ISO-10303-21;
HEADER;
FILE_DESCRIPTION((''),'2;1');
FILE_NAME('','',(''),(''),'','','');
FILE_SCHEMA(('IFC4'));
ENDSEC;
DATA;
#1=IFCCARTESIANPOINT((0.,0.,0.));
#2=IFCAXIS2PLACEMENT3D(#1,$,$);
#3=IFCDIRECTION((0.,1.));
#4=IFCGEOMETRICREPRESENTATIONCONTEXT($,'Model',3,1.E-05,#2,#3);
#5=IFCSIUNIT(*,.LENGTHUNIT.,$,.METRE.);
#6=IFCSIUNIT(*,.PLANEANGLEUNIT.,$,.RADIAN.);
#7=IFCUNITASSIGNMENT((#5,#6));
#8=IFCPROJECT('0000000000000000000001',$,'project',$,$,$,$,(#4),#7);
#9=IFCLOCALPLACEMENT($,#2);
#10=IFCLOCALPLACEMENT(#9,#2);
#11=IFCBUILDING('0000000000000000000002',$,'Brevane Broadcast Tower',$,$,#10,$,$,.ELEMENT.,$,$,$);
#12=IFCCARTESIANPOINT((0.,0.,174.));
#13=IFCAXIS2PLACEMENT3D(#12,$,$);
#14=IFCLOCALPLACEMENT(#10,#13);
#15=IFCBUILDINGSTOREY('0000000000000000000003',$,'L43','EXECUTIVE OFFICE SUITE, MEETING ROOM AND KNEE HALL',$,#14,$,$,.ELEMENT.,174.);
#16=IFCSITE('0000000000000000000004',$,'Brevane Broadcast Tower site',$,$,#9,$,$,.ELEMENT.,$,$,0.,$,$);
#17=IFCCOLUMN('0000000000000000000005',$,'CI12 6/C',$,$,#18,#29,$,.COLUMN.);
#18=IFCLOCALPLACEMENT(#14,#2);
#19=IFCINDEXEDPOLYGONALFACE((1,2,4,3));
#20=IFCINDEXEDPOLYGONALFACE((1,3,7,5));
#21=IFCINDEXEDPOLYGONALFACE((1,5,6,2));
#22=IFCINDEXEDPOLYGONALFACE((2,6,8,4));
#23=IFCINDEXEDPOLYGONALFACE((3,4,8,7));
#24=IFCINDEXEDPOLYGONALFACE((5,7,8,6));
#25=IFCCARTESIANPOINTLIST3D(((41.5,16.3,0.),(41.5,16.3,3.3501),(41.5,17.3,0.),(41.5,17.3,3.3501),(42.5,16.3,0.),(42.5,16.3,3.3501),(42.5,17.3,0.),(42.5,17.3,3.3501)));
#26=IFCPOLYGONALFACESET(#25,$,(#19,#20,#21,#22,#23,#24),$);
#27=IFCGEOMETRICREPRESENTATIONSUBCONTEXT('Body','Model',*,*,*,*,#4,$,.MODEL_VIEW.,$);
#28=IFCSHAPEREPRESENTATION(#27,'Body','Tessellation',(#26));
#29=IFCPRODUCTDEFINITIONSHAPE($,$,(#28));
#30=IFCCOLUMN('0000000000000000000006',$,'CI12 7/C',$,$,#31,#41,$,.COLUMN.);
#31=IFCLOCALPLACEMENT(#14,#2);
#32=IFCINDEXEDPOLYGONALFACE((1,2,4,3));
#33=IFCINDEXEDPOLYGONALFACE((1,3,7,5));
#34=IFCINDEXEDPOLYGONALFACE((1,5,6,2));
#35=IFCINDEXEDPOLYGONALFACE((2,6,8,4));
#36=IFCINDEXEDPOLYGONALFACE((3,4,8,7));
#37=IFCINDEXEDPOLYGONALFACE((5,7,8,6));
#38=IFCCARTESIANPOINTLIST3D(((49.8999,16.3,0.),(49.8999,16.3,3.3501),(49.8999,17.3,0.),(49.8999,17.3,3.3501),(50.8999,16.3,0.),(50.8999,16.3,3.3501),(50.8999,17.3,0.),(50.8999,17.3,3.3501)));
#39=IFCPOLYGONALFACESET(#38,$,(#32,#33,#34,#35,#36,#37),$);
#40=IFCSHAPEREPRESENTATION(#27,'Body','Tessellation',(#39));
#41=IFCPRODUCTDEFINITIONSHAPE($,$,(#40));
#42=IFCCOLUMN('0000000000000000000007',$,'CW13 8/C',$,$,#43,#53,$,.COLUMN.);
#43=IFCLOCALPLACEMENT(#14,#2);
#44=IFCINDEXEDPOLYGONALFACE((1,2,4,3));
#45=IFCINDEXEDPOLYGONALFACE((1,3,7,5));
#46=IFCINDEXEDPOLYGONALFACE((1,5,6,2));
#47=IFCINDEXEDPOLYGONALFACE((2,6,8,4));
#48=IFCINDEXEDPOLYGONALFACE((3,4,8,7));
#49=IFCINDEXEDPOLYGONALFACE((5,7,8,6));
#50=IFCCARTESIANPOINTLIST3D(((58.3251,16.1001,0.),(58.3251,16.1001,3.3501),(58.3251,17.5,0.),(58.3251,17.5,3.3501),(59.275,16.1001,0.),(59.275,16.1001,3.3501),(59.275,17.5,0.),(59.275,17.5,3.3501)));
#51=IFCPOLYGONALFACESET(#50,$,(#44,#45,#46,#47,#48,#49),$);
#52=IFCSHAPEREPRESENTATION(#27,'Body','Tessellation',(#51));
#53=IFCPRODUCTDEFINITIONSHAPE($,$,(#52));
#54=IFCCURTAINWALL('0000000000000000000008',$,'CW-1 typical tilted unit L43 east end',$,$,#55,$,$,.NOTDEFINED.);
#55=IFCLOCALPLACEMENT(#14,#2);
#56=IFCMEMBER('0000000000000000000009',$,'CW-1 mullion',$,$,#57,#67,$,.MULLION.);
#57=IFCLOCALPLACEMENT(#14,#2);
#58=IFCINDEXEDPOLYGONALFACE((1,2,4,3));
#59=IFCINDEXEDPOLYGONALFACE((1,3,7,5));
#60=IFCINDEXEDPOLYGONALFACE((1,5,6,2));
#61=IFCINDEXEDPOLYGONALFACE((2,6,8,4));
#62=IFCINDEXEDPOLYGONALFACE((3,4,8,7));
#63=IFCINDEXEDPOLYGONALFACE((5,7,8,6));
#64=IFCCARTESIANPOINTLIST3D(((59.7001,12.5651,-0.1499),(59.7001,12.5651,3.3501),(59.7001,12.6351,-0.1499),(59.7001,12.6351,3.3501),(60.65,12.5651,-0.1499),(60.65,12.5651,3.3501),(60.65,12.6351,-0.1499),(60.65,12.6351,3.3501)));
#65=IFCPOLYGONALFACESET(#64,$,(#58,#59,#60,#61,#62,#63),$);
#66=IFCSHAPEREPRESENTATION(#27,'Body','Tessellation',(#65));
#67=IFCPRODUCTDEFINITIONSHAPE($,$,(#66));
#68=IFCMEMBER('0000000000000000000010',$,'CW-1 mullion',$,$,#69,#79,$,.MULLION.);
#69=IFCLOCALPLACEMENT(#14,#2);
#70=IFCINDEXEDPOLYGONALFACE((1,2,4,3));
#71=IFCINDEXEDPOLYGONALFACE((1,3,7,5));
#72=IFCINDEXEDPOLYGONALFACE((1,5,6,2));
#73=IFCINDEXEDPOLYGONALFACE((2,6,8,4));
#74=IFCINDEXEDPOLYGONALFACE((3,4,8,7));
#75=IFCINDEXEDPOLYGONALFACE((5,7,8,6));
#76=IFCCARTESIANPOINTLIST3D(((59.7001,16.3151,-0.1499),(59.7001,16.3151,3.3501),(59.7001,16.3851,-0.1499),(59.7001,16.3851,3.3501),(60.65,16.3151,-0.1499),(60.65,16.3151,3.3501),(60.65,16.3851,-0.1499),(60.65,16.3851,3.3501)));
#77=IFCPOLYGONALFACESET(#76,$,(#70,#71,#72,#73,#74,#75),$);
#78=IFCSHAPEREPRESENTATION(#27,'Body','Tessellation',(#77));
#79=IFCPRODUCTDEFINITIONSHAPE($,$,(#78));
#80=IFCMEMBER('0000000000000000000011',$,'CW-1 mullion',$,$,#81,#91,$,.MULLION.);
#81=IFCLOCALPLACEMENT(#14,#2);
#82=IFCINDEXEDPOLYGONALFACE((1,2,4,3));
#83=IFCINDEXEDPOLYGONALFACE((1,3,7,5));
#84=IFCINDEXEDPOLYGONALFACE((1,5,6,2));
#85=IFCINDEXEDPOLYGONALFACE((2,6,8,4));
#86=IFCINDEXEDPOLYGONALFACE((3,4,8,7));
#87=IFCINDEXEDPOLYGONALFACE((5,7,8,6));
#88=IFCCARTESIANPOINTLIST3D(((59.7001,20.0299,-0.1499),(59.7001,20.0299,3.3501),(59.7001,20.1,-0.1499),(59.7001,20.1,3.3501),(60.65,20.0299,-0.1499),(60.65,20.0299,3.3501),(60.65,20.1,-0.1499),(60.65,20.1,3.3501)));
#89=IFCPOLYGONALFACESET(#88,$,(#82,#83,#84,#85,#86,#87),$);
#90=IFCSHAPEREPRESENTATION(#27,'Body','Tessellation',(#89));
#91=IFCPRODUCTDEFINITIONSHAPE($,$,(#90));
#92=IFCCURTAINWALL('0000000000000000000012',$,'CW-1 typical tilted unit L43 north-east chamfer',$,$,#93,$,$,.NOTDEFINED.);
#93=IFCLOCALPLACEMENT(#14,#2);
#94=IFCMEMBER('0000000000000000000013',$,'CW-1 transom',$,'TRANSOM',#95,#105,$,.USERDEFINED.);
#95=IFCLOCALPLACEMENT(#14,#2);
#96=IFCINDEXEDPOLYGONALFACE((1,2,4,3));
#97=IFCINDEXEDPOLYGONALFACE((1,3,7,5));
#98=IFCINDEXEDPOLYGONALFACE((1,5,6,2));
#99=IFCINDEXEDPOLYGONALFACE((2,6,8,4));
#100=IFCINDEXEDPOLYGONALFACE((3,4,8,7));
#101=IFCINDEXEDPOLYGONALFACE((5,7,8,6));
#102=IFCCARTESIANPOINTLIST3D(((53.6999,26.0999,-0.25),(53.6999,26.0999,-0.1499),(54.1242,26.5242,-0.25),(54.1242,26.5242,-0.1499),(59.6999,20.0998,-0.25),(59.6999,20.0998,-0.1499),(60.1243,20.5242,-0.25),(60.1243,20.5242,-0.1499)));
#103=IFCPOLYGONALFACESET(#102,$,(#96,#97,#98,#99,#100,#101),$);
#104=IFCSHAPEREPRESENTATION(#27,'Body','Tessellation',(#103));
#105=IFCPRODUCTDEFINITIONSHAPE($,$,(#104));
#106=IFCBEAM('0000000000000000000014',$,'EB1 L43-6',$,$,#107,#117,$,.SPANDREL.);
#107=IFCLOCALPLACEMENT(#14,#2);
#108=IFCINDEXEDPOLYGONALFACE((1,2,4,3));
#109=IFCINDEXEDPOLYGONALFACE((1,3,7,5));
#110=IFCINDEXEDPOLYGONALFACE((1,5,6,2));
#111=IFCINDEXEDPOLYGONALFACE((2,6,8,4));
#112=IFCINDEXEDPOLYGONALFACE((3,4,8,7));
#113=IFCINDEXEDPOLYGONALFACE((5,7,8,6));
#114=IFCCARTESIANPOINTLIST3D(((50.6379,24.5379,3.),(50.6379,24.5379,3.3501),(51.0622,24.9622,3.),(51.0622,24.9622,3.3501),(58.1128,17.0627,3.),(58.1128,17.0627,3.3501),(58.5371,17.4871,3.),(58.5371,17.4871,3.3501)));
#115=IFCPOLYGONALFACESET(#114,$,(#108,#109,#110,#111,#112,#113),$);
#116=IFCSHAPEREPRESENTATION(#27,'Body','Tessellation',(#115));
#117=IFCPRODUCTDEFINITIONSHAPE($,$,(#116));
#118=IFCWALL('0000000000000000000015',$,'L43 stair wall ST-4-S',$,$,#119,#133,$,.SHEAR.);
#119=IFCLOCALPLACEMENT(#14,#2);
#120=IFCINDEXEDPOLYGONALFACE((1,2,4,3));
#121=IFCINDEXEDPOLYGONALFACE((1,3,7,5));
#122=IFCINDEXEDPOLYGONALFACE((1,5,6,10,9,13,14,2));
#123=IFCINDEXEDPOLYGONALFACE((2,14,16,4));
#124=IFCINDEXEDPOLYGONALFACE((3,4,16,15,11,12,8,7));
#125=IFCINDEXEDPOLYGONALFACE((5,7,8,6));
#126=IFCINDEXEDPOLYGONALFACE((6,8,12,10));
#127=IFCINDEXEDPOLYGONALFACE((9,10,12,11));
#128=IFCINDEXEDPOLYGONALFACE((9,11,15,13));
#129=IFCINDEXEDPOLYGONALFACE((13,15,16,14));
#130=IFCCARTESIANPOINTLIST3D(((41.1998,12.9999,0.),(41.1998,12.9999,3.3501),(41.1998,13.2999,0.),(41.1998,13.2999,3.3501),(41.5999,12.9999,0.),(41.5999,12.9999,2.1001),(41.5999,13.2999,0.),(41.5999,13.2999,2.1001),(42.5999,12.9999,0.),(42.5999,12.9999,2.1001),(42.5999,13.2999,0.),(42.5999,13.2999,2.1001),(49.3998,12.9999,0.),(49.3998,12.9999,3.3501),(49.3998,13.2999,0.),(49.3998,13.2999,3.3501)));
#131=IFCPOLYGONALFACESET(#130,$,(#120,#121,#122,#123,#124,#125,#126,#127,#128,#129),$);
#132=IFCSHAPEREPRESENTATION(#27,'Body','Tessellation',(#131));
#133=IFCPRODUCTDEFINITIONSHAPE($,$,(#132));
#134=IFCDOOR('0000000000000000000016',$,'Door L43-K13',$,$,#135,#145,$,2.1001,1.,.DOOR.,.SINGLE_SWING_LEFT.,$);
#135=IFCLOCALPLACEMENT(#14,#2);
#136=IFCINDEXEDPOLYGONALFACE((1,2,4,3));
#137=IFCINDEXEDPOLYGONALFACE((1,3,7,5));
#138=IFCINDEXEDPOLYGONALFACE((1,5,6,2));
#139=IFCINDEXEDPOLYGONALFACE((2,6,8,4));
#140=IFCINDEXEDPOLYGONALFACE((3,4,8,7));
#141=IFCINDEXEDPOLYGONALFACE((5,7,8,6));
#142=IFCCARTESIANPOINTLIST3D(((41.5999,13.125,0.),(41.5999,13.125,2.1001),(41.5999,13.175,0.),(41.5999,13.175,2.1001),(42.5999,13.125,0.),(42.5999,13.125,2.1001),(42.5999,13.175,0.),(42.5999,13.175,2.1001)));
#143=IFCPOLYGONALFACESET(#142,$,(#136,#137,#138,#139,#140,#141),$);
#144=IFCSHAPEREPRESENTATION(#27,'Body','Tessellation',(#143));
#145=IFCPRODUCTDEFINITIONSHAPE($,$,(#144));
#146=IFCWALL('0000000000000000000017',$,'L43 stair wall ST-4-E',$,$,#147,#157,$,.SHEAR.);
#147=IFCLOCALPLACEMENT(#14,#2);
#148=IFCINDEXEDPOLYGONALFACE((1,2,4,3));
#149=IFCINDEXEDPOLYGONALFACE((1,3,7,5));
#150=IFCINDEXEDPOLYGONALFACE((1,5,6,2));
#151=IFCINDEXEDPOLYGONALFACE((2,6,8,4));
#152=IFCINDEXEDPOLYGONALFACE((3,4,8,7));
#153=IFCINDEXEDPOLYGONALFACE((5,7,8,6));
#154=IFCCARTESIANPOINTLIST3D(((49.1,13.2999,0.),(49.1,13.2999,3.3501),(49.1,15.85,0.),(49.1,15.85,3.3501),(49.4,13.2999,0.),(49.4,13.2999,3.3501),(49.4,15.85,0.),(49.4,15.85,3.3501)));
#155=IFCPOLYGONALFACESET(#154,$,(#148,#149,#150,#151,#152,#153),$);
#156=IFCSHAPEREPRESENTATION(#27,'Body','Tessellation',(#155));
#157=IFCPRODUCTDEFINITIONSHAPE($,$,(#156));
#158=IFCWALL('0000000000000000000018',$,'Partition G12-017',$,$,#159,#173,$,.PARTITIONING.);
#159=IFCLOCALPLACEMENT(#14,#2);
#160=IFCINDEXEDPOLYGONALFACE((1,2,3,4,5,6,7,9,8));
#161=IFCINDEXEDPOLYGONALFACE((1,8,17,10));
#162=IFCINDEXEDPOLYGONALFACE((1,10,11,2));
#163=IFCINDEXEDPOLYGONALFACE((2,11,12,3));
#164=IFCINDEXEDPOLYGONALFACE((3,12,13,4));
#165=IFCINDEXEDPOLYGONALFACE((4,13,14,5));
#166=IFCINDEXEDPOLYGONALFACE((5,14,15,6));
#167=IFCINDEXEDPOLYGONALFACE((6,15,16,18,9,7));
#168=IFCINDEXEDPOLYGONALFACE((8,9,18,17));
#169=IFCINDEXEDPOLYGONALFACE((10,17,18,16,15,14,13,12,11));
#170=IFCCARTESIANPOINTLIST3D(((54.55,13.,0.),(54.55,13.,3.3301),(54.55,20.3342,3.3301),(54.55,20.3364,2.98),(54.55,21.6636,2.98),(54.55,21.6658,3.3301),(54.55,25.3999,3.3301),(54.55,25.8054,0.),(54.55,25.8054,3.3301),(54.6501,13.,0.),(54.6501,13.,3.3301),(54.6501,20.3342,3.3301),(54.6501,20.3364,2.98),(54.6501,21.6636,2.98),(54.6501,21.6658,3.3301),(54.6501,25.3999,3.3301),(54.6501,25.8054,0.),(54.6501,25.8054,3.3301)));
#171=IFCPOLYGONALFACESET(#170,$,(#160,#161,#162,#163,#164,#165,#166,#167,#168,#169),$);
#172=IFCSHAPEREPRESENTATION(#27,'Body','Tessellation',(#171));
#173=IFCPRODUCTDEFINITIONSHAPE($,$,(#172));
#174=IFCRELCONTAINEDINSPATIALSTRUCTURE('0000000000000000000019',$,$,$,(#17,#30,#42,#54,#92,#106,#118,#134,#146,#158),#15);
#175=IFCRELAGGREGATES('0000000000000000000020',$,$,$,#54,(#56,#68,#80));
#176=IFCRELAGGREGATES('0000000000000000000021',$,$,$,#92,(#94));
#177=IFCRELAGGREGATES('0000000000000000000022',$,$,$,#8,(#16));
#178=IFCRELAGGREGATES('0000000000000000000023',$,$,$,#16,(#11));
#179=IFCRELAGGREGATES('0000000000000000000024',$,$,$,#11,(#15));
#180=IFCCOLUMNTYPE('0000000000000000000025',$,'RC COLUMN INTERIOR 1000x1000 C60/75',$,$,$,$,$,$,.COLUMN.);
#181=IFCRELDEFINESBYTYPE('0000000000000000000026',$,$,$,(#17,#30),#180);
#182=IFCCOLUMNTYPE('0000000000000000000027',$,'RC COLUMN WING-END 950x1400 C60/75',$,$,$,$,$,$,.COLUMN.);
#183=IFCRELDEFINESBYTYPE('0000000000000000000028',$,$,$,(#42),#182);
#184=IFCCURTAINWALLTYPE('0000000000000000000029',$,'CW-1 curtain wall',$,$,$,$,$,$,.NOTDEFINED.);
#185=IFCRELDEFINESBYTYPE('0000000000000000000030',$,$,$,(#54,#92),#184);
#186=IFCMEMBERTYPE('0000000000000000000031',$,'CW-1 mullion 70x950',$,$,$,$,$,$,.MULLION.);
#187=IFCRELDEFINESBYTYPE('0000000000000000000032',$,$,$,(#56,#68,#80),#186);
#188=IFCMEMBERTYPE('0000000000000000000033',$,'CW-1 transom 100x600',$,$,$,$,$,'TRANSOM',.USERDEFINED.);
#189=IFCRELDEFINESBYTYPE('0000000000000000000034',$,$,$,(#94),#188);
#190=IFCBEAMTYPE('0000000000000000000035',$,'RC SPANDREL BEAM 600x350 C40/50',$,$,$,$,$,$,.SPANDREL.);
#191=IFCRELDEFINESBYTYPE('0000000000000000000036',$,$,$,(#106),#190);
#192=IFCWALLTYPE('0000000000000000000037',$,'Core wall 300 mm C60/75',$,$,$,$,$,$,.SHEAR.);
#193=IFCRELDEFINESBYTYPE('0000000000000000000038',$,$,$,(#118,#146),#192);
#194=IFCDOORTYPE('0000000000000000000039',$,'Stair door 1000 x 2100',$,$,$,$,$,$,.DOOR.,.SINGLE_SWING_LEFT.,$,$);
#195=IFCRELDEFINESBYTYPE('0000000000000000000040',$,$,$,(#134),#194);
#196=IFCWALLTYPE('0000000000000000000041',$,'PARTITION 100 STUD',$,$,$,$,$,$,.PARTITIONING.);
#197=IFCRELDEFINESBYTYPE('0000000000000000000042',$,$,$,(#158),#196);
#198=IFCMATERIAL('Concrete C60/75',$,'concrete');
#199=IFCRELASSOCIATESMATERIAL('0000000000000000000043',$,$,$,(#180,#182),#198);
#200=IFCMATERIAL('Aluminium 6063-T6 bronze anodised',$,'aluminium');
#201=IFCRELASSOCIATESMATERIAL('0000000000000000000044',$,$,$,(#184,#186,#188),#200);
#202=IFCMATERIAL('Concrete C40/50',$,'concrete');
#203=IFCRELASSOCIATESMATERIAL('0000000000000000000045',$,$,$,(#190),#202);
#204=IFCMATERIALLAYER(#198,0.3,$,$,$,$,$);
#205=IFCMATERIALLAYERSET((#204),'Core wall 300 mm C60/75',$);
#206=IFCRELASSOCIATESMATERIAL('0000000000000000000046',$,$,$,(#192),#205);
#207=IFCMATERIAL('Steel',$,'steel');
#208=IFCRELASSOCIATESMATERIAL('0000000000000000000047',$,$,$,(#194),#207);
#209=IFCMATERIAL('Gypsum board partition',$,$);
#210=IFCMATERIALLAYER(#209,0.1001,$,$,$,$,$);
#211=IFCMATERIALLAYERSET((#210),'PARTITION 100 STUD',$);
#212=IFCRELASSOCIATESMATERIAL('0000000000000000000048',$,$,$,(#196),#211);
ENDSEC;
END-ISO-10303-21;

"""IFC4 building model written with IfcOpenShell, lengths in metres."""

from ifc_helpers import new_model, si_unit, direction, frame, frame_2d, origin, origin_2d, place, context, subcontext, project, spatial, polyline, rectangle, outline, extrude, material, layer, layer_set, material_profile, profile_set, type_object, element, fill, aggregate, save


model = new_model("IFC4")

# Units and contexts
model_context = context("Model", 3, precision=1e-05, world=origin(), true_north=direction((0.0, 1.0)))
body_context = subcontext(model_context, "Body", "Model", "MODEL_VIEW")
ifc_project = project(units=[si_unit("LENGTHUNIT", "METRE"), si_unit("PLANEANGLEUNIT", "RADIAN")], contexts=[model_context])

# Site, building, storey
site_placement = place(None, origin())
site = spatial("IfcSite", under=ifc_project, at=site_placement, Name="Brevane Broadcast Tower site", CompositionType="ELEMENT", RefElevation=0.0)
building_placement = place(site_placement, origin())
building = spatial("IfcBuilding", under=site, at=building_placement, Name="Brevane Broadcast Tower", CompositionType="ELEMENT")
storey_placement = place(building_placement, frame((0.0, 0.0, 174.0)))
storey = spatial("IfcBuildingStorey", under=building, at=storey_placement, Name="L43", Description="EXECUTIVE OFFICE SUITE, MEETING ROOM AND KNEE HALL", CompositionType="ELEMENT", Elevation=174.0)

# Columns
ifc_material_1 = material(Name="Concrete C60/75", Category="concrete")
ifc_material_profile_1 = material_profile(ifc_material_1, rectangle(XDim=1.0, YDim=1.0, at=origin_2d()), Name="RC 1000x1000")
ifc_profile_set_1 = profile_set([ifc_material_profile_1], Name="Concrete C60/75")
column_type_1 = type_object("IfcColumnType", Name="RC COLUMN INTERIOR 1000x1000 C60/75", PredefinedType="COLUMN", material=ifc_profile_set_1)
for number, where, z_axis, x_axis, name in (
    (1, (42.0, 16.8, 0.0), (0.0, 0.0, 1.0), (1.0, 0.0, 0.0), "CI12 6/C"),
    (2, (50.3999, 16.8, 0.0), (0.0, 0.0, 1.0), (1.0, 0.0, 0.0), "CI12 7/C"),
):
    element("IfcColumn", number, at=place(storey_placement, frame(where, z_axis=z_axis, x_axis=x_axis)), inside=storey, type_object=column_type_1, Name=name, PredefinedType="COLUMN", context=body_context, shape_type="SweptSolid", body=[
        extrude(rectangle(XDim=1.0, YDim=1.0, at=origin_2d()), origin(), (0.0, 0.0, 1.0), 3.3501),
    ])
ifc_material_profile_2 = material_profile(ifc_material_1, rectangle(XDim=0.95, YDim=1.3999, at=origin_2d()), Name="RC 950x1400")
ifc_profile_set_2 = profile_set([ifc_material_profile_2], Name="Concrete C60/75")
column_type_2 = type_object("IfcColumnType", Name="RC COLUMN WING-END 950x1400 C60/75", PredefinedType="COLUMN", material=ifc_profile_set_2)
column_placement = place(storey_placement, frame((58.8, 16.8, 0.0), z_axis=(0.0, 0.0, 1.0), x_axis=(1.0, 0.0, 0.0)))
element("IfcColumn", 3, at=column_placement, inside=storey, type_object=column_type_2, Name="CW13 8/C", PredefinedType="COLUMN", context=body_context, shape_type="SweptSolid", body=[
    extrude(rectangle(XDim=0.95, YDim=1.3999, at=origin_2d()), origin(), (0.0, 0.0, 1.0), 3.3501),
])

# Curtain wall, members
ifc_material_2 = material(Name="Aluminium 6063-T6 bronze anodised", Category="aluminium")
curtain_wall_type = type_object("IfcCurtainWallType", Name="CW-1 curtain wall", PredefinedType="NOTDEFINED", material=ifc_material_2)
curtain_wall_1_placement = place(storey_placement, origin())
curtain_wall_1 = element("IfcCurtainWall", 4, at=curtain_wall_1_placement, inside=storey, type_object=curtain_wall_type, Name="CW-1 typical tilted unit L43 east end", PredefinedType="NOTDEFINED")
ifc_material_profile_3 = material_profile(ifc_material_2, rectangle(XDim=0.95, YDim=0.0701, at=origin_2d()), Name="RECT 70x950")
ifc_profile_set_3 = profile_set([ifc_material_profile_3], Name="Aluminium 6063-T6 bronze anodised")
member_type_1 = type_object("IfcMemberType", Name="CW-1 mullion 70x950", PredefinedType="MULLION", material=ifc_profile_set_3)
member_1_placement = place(storey_placement, frame((60.175, 12.6001, -0.1499), z_axis=(0.0, 0.0, 1.0), x_axis=(-1.0, 0.0, 0.0)))
member_1 = element("IfcMember", 5, at=member_1_placement, type_object=member_type_1, Name="CW-1 mullion", PredefinedType="MULLION", context=body_context, shape_type="SweptSolid", body=[
    extrude(rectangle(XDim=0.95, YDim=0.0701, at=origin_2d()), origin(), (0.0, 0.0, 1.0), 3.5),
])
member_2_placement = place(storey_placement, frame((60.175, 16.3501, -0.1499), z_axis=(0.0, 0.0, 1.0), x_axis=(-1.0, 0.0, 0.0)))
member_2 = element("IfcMember", 6, at=member_2_placement, type_object=member_type_1, Name="CW-1 mullion", PredefinedType="MULLION", context=body_context, shape_type="SweptSolid", body=[
    extrude(rectangle(XDim=0.95, YDim=0.0701, at=origin_2d()), origin(), (0.0, 0.0, 1.0), 3.5),
])
member_3_placement = place(storey_placement, frame((60.175, 20.0649, -0.1499), z_axis=(0.0, 0.0, 1.0), x_axis=(-1.0, 0.0, 0.0)))
member_3 = element("IfcMember", 7, at=member_3_placement, type_object=member_type_1, Name="CW-1 mullion", PredefinedType="MULLION", context=body_context, shape_type="SweptSolid", body=[
    extrude(rectangle(XDim=0.95, YDim=0.0701, at=origin_2d()), origin(), (0.0, 0.0, 1.0), 3.5),
])
aggregate(curtain_wall_1, [member_1, member_2, member_3])

# Curtain wall, member
curtain_wall_2_placement = place(storey_placement, origin())
curtain_wall_2 = element("IfcCurtainWall", 8, at=curtain_wall_2_placement, inside=storey, type_object=curtain_wall_type, Name="CW-1 typical tilted unit L43 north-east chamfer", PredefinedType="NOTDEFINED")
ifc_material_profile_4 = material_profile(ifc_material_2, rectangle(XDim=0.6001, YDim=0.1001, at=origin_2d()), Name="RECT 100x600")
ifc_profile_set_4 = profile_set([ifc_material_profile_4], Name="Aluminium 6063-T6 bronze anodised")
member_type_2 = type_object("IfcMemberType", Name="CW-1 transom 100x600", ElementType="TRANSOM", PredefinedType="USERDEFINED", material=ifc_profile_set_4)
member_4_placement = place(storey_placement, frame((59.9121, 20.312, -0.2), z_axis=(-0.707107, 0.707107, 0.0), x_axis=(-0.707107, -0.707107, 0.0)))
member_4 = element("IfcMember", 9, at=member_4_placement, type_object=member_type_2, Name="CW-1 transom", ObjectType="TRANSOM", PredefinedType="USERDEFINED", context=body_context, shape_type="SweptSolid", body=[
    extrude(rectangle(XDim=0.6001, YDim=0.1001, at=origin_2d()), origin(), (0.0, 0.0, 1.0), 8.4854),
])
aggregate(curtain_wall_2, [member_4])

# Beam
ifc_material_3 = material(Name="Concrete C40/50", Category="concrete")
ifc_material_profile_5 = material_profile(ifc_material_3, rectangle(XDim=0.6001, YDim=0.3501, at=origin_2d()), Name="RC 600x350")
ifc_profile_set_5 = profile_set([ifc_material_profile_5], Name="Concrete C40/50")
beam_type = type_object("IfcBeamType", Name="RC SPANDREL BEAM 600x350 C40/50", PredefinedType="SPANDREL", material=ifc_profile_set_5)
beam_placement = place(storey_placement, frame((58.325, 17.2749, 3.175), z_axis=(-0.707095, 0.707118, 0.0), x_axis=(-0.707118, -0.707095, 0.0)))
element("IfcBeam", 10, at=beam_placement, inside=storey, type_object=beam_type, Name="EB1 L43-6", PredefinedType="SPANDREL", context=body_context, shape_type="SweptSolid", body=[
    extrude(rectangle(XDim=0.6001, YDim=0.3501, at=origin_2d()), origin(), (0.0, 0.0, 1.0), 10.5713),
])

# Wall, opening, door
ifc_layer_1 = layer(ifc_material_1, 0.3)
ifc_layer_set_1 = layer_set([ifc_layer_1], Name="Core wall 300 mm C60/75")
wall_type_1 = type_object("IfcWallType", Name="Core wall 300 mm C60/75", PredefinedType="SHEAR", material=ifc_layer_set_1)
wall_1_placement = place(storey_placement, frame((49.3999, 13.1499, 0.0), z_axis=(0.0, 0.0, 1.0), x_axis=(-1.0, 0.0, 0.0)))
wall_1 = element("IfcWall", 11, at=wall_1_placement, inside=storey, type_object=wall_type_1, Name="L43 stair wall ST-4-S", PredefinedType="SHEAR", context=body_context, shape_type="SweptSolid", body=[
    extrude(rectangle(XDim=8.2, YDim=0.3, at=frame_2d((4.1001, 0.0))), origin(), (0.0, 0.0, 1.0), 3.3501),
])
opening_1_placement = place(wall_1_placement, frame((6.8, 0.0, 0.0)))
opening_1 = element("IfcOpeningElement", 12, at=opening_1_placement, cuts=wall_1, PredefinedType="OPENING", context=body_context, shape_type="SweptSolid", body=[
    extrude(rectangle(XDim=1.0, YDim=2.1001, at=frame_2d((0.5, 1.05))), frame((0.0, 0.1599, 0.0), z_axis=(0.0, -1.0, 0.0), x_axis=(1.0, 0.0, 0.0)), (0.0, 0.0, 1.0), 0.3201),
])
ifc_material_4 = material(Name="Steel", Category="steel")
door_type_1 = type_object("IfcDoorType", Name="Stair door 1000 x 2100", OperationType="SINGLE_SWING_LEFT", PredefinedType="DOOR", material=ifc_material_4)
door_1_placement = place(opening_1_placement, origin())
door_1 = element("IfcDoor", 13, at=door_1_placement, inside=storey, type_object=door_type_1, Name="Door L43-K13", OperationType="SINGLE_SWING_LEFT", OverallHeight=2.1001, OverallWidth=1.0, PredefinedType="DOOR", context=body_context, shape_type="SweptSolid", body=[
    extrude(rectangle(XDim=1.0, YDim=2.1001, at=frame_2d((0.5, 1.05))), frame((0.0, 0.0249, 0.0), z_axis=(0.0, -1.0, 0.0), x_axis=(1.0, 0.0, 0.0)), (0.0, 0.0, 1.0), 0.05),
])
fill(opening_1, door_1)

# Walls
wall_2_placement = place(storey_placement, frame((49.25, 13.3, 0.0), z_axis=(0.0, 0.0, 1.0), x_axis=(0.0, 1.0, 0.0)))
element("IfcWall", 14, at=wall_2_placement, inside=storey, type_object=wall_type_1, Name="L43 stair wall ST-4-E", PredefinedType="SHEAR", context=body_context, shape_type="SweptSolid", body=[
    extrude(rectangle(XDim=2.55, YDim=0.3, at=frame_2d((1.2749, 0.0))), origin(), (0.0, 0.0, 1.0), 3.3501),
])
ifc_material_5 = material(Name="Gypsum board partition")
ifc_layer_2 = layer(ifc_material_5, 0.1001)
ifc_layer_set_2 = layer_set([ifc_layer_2], Name="PARTITION 100 STUD")
wall_type_2 = type_object("IfcWallType", Name="PARTITION 100 STUD", PredefinedType="PARTITIONING", material=ifc_layer_set_2)
wall_3_placement = place(storey_placement, frame((54.6001, 13.0, 0.0), z_axis=(0.0, 0.0, 1.0), x_axis=(0.0, 1.0, 0.0)))
element("IfcWall", 15, at=wall_3_placement, inside=storey, type_object=wall_type_2, Name="Partition G12-017", PredefinedType="PARTITIONING", context=body_context, shape_type="SweptSolid", body=[
    extrude(outline(polyline([(0.0, 0.0), (12.8054, 0.0), (12.8054, 3.3301), (12.3999, 3.3301), (8.6658, 3.3301), (8.6636, 2.98), (7.3364, 2.98), (7.3342, 3.3301), (0.0, 3.3301), (0.0, 0.0)])), frame((0.0, 0.05, 0.0), z_axis=(0.0, -1.0, 0.0), x_axis=(1.0, 0.0, 0.0)), (0.0, 0.0, 1.0), 0.1001),
])

save(model, "model.ifc")
